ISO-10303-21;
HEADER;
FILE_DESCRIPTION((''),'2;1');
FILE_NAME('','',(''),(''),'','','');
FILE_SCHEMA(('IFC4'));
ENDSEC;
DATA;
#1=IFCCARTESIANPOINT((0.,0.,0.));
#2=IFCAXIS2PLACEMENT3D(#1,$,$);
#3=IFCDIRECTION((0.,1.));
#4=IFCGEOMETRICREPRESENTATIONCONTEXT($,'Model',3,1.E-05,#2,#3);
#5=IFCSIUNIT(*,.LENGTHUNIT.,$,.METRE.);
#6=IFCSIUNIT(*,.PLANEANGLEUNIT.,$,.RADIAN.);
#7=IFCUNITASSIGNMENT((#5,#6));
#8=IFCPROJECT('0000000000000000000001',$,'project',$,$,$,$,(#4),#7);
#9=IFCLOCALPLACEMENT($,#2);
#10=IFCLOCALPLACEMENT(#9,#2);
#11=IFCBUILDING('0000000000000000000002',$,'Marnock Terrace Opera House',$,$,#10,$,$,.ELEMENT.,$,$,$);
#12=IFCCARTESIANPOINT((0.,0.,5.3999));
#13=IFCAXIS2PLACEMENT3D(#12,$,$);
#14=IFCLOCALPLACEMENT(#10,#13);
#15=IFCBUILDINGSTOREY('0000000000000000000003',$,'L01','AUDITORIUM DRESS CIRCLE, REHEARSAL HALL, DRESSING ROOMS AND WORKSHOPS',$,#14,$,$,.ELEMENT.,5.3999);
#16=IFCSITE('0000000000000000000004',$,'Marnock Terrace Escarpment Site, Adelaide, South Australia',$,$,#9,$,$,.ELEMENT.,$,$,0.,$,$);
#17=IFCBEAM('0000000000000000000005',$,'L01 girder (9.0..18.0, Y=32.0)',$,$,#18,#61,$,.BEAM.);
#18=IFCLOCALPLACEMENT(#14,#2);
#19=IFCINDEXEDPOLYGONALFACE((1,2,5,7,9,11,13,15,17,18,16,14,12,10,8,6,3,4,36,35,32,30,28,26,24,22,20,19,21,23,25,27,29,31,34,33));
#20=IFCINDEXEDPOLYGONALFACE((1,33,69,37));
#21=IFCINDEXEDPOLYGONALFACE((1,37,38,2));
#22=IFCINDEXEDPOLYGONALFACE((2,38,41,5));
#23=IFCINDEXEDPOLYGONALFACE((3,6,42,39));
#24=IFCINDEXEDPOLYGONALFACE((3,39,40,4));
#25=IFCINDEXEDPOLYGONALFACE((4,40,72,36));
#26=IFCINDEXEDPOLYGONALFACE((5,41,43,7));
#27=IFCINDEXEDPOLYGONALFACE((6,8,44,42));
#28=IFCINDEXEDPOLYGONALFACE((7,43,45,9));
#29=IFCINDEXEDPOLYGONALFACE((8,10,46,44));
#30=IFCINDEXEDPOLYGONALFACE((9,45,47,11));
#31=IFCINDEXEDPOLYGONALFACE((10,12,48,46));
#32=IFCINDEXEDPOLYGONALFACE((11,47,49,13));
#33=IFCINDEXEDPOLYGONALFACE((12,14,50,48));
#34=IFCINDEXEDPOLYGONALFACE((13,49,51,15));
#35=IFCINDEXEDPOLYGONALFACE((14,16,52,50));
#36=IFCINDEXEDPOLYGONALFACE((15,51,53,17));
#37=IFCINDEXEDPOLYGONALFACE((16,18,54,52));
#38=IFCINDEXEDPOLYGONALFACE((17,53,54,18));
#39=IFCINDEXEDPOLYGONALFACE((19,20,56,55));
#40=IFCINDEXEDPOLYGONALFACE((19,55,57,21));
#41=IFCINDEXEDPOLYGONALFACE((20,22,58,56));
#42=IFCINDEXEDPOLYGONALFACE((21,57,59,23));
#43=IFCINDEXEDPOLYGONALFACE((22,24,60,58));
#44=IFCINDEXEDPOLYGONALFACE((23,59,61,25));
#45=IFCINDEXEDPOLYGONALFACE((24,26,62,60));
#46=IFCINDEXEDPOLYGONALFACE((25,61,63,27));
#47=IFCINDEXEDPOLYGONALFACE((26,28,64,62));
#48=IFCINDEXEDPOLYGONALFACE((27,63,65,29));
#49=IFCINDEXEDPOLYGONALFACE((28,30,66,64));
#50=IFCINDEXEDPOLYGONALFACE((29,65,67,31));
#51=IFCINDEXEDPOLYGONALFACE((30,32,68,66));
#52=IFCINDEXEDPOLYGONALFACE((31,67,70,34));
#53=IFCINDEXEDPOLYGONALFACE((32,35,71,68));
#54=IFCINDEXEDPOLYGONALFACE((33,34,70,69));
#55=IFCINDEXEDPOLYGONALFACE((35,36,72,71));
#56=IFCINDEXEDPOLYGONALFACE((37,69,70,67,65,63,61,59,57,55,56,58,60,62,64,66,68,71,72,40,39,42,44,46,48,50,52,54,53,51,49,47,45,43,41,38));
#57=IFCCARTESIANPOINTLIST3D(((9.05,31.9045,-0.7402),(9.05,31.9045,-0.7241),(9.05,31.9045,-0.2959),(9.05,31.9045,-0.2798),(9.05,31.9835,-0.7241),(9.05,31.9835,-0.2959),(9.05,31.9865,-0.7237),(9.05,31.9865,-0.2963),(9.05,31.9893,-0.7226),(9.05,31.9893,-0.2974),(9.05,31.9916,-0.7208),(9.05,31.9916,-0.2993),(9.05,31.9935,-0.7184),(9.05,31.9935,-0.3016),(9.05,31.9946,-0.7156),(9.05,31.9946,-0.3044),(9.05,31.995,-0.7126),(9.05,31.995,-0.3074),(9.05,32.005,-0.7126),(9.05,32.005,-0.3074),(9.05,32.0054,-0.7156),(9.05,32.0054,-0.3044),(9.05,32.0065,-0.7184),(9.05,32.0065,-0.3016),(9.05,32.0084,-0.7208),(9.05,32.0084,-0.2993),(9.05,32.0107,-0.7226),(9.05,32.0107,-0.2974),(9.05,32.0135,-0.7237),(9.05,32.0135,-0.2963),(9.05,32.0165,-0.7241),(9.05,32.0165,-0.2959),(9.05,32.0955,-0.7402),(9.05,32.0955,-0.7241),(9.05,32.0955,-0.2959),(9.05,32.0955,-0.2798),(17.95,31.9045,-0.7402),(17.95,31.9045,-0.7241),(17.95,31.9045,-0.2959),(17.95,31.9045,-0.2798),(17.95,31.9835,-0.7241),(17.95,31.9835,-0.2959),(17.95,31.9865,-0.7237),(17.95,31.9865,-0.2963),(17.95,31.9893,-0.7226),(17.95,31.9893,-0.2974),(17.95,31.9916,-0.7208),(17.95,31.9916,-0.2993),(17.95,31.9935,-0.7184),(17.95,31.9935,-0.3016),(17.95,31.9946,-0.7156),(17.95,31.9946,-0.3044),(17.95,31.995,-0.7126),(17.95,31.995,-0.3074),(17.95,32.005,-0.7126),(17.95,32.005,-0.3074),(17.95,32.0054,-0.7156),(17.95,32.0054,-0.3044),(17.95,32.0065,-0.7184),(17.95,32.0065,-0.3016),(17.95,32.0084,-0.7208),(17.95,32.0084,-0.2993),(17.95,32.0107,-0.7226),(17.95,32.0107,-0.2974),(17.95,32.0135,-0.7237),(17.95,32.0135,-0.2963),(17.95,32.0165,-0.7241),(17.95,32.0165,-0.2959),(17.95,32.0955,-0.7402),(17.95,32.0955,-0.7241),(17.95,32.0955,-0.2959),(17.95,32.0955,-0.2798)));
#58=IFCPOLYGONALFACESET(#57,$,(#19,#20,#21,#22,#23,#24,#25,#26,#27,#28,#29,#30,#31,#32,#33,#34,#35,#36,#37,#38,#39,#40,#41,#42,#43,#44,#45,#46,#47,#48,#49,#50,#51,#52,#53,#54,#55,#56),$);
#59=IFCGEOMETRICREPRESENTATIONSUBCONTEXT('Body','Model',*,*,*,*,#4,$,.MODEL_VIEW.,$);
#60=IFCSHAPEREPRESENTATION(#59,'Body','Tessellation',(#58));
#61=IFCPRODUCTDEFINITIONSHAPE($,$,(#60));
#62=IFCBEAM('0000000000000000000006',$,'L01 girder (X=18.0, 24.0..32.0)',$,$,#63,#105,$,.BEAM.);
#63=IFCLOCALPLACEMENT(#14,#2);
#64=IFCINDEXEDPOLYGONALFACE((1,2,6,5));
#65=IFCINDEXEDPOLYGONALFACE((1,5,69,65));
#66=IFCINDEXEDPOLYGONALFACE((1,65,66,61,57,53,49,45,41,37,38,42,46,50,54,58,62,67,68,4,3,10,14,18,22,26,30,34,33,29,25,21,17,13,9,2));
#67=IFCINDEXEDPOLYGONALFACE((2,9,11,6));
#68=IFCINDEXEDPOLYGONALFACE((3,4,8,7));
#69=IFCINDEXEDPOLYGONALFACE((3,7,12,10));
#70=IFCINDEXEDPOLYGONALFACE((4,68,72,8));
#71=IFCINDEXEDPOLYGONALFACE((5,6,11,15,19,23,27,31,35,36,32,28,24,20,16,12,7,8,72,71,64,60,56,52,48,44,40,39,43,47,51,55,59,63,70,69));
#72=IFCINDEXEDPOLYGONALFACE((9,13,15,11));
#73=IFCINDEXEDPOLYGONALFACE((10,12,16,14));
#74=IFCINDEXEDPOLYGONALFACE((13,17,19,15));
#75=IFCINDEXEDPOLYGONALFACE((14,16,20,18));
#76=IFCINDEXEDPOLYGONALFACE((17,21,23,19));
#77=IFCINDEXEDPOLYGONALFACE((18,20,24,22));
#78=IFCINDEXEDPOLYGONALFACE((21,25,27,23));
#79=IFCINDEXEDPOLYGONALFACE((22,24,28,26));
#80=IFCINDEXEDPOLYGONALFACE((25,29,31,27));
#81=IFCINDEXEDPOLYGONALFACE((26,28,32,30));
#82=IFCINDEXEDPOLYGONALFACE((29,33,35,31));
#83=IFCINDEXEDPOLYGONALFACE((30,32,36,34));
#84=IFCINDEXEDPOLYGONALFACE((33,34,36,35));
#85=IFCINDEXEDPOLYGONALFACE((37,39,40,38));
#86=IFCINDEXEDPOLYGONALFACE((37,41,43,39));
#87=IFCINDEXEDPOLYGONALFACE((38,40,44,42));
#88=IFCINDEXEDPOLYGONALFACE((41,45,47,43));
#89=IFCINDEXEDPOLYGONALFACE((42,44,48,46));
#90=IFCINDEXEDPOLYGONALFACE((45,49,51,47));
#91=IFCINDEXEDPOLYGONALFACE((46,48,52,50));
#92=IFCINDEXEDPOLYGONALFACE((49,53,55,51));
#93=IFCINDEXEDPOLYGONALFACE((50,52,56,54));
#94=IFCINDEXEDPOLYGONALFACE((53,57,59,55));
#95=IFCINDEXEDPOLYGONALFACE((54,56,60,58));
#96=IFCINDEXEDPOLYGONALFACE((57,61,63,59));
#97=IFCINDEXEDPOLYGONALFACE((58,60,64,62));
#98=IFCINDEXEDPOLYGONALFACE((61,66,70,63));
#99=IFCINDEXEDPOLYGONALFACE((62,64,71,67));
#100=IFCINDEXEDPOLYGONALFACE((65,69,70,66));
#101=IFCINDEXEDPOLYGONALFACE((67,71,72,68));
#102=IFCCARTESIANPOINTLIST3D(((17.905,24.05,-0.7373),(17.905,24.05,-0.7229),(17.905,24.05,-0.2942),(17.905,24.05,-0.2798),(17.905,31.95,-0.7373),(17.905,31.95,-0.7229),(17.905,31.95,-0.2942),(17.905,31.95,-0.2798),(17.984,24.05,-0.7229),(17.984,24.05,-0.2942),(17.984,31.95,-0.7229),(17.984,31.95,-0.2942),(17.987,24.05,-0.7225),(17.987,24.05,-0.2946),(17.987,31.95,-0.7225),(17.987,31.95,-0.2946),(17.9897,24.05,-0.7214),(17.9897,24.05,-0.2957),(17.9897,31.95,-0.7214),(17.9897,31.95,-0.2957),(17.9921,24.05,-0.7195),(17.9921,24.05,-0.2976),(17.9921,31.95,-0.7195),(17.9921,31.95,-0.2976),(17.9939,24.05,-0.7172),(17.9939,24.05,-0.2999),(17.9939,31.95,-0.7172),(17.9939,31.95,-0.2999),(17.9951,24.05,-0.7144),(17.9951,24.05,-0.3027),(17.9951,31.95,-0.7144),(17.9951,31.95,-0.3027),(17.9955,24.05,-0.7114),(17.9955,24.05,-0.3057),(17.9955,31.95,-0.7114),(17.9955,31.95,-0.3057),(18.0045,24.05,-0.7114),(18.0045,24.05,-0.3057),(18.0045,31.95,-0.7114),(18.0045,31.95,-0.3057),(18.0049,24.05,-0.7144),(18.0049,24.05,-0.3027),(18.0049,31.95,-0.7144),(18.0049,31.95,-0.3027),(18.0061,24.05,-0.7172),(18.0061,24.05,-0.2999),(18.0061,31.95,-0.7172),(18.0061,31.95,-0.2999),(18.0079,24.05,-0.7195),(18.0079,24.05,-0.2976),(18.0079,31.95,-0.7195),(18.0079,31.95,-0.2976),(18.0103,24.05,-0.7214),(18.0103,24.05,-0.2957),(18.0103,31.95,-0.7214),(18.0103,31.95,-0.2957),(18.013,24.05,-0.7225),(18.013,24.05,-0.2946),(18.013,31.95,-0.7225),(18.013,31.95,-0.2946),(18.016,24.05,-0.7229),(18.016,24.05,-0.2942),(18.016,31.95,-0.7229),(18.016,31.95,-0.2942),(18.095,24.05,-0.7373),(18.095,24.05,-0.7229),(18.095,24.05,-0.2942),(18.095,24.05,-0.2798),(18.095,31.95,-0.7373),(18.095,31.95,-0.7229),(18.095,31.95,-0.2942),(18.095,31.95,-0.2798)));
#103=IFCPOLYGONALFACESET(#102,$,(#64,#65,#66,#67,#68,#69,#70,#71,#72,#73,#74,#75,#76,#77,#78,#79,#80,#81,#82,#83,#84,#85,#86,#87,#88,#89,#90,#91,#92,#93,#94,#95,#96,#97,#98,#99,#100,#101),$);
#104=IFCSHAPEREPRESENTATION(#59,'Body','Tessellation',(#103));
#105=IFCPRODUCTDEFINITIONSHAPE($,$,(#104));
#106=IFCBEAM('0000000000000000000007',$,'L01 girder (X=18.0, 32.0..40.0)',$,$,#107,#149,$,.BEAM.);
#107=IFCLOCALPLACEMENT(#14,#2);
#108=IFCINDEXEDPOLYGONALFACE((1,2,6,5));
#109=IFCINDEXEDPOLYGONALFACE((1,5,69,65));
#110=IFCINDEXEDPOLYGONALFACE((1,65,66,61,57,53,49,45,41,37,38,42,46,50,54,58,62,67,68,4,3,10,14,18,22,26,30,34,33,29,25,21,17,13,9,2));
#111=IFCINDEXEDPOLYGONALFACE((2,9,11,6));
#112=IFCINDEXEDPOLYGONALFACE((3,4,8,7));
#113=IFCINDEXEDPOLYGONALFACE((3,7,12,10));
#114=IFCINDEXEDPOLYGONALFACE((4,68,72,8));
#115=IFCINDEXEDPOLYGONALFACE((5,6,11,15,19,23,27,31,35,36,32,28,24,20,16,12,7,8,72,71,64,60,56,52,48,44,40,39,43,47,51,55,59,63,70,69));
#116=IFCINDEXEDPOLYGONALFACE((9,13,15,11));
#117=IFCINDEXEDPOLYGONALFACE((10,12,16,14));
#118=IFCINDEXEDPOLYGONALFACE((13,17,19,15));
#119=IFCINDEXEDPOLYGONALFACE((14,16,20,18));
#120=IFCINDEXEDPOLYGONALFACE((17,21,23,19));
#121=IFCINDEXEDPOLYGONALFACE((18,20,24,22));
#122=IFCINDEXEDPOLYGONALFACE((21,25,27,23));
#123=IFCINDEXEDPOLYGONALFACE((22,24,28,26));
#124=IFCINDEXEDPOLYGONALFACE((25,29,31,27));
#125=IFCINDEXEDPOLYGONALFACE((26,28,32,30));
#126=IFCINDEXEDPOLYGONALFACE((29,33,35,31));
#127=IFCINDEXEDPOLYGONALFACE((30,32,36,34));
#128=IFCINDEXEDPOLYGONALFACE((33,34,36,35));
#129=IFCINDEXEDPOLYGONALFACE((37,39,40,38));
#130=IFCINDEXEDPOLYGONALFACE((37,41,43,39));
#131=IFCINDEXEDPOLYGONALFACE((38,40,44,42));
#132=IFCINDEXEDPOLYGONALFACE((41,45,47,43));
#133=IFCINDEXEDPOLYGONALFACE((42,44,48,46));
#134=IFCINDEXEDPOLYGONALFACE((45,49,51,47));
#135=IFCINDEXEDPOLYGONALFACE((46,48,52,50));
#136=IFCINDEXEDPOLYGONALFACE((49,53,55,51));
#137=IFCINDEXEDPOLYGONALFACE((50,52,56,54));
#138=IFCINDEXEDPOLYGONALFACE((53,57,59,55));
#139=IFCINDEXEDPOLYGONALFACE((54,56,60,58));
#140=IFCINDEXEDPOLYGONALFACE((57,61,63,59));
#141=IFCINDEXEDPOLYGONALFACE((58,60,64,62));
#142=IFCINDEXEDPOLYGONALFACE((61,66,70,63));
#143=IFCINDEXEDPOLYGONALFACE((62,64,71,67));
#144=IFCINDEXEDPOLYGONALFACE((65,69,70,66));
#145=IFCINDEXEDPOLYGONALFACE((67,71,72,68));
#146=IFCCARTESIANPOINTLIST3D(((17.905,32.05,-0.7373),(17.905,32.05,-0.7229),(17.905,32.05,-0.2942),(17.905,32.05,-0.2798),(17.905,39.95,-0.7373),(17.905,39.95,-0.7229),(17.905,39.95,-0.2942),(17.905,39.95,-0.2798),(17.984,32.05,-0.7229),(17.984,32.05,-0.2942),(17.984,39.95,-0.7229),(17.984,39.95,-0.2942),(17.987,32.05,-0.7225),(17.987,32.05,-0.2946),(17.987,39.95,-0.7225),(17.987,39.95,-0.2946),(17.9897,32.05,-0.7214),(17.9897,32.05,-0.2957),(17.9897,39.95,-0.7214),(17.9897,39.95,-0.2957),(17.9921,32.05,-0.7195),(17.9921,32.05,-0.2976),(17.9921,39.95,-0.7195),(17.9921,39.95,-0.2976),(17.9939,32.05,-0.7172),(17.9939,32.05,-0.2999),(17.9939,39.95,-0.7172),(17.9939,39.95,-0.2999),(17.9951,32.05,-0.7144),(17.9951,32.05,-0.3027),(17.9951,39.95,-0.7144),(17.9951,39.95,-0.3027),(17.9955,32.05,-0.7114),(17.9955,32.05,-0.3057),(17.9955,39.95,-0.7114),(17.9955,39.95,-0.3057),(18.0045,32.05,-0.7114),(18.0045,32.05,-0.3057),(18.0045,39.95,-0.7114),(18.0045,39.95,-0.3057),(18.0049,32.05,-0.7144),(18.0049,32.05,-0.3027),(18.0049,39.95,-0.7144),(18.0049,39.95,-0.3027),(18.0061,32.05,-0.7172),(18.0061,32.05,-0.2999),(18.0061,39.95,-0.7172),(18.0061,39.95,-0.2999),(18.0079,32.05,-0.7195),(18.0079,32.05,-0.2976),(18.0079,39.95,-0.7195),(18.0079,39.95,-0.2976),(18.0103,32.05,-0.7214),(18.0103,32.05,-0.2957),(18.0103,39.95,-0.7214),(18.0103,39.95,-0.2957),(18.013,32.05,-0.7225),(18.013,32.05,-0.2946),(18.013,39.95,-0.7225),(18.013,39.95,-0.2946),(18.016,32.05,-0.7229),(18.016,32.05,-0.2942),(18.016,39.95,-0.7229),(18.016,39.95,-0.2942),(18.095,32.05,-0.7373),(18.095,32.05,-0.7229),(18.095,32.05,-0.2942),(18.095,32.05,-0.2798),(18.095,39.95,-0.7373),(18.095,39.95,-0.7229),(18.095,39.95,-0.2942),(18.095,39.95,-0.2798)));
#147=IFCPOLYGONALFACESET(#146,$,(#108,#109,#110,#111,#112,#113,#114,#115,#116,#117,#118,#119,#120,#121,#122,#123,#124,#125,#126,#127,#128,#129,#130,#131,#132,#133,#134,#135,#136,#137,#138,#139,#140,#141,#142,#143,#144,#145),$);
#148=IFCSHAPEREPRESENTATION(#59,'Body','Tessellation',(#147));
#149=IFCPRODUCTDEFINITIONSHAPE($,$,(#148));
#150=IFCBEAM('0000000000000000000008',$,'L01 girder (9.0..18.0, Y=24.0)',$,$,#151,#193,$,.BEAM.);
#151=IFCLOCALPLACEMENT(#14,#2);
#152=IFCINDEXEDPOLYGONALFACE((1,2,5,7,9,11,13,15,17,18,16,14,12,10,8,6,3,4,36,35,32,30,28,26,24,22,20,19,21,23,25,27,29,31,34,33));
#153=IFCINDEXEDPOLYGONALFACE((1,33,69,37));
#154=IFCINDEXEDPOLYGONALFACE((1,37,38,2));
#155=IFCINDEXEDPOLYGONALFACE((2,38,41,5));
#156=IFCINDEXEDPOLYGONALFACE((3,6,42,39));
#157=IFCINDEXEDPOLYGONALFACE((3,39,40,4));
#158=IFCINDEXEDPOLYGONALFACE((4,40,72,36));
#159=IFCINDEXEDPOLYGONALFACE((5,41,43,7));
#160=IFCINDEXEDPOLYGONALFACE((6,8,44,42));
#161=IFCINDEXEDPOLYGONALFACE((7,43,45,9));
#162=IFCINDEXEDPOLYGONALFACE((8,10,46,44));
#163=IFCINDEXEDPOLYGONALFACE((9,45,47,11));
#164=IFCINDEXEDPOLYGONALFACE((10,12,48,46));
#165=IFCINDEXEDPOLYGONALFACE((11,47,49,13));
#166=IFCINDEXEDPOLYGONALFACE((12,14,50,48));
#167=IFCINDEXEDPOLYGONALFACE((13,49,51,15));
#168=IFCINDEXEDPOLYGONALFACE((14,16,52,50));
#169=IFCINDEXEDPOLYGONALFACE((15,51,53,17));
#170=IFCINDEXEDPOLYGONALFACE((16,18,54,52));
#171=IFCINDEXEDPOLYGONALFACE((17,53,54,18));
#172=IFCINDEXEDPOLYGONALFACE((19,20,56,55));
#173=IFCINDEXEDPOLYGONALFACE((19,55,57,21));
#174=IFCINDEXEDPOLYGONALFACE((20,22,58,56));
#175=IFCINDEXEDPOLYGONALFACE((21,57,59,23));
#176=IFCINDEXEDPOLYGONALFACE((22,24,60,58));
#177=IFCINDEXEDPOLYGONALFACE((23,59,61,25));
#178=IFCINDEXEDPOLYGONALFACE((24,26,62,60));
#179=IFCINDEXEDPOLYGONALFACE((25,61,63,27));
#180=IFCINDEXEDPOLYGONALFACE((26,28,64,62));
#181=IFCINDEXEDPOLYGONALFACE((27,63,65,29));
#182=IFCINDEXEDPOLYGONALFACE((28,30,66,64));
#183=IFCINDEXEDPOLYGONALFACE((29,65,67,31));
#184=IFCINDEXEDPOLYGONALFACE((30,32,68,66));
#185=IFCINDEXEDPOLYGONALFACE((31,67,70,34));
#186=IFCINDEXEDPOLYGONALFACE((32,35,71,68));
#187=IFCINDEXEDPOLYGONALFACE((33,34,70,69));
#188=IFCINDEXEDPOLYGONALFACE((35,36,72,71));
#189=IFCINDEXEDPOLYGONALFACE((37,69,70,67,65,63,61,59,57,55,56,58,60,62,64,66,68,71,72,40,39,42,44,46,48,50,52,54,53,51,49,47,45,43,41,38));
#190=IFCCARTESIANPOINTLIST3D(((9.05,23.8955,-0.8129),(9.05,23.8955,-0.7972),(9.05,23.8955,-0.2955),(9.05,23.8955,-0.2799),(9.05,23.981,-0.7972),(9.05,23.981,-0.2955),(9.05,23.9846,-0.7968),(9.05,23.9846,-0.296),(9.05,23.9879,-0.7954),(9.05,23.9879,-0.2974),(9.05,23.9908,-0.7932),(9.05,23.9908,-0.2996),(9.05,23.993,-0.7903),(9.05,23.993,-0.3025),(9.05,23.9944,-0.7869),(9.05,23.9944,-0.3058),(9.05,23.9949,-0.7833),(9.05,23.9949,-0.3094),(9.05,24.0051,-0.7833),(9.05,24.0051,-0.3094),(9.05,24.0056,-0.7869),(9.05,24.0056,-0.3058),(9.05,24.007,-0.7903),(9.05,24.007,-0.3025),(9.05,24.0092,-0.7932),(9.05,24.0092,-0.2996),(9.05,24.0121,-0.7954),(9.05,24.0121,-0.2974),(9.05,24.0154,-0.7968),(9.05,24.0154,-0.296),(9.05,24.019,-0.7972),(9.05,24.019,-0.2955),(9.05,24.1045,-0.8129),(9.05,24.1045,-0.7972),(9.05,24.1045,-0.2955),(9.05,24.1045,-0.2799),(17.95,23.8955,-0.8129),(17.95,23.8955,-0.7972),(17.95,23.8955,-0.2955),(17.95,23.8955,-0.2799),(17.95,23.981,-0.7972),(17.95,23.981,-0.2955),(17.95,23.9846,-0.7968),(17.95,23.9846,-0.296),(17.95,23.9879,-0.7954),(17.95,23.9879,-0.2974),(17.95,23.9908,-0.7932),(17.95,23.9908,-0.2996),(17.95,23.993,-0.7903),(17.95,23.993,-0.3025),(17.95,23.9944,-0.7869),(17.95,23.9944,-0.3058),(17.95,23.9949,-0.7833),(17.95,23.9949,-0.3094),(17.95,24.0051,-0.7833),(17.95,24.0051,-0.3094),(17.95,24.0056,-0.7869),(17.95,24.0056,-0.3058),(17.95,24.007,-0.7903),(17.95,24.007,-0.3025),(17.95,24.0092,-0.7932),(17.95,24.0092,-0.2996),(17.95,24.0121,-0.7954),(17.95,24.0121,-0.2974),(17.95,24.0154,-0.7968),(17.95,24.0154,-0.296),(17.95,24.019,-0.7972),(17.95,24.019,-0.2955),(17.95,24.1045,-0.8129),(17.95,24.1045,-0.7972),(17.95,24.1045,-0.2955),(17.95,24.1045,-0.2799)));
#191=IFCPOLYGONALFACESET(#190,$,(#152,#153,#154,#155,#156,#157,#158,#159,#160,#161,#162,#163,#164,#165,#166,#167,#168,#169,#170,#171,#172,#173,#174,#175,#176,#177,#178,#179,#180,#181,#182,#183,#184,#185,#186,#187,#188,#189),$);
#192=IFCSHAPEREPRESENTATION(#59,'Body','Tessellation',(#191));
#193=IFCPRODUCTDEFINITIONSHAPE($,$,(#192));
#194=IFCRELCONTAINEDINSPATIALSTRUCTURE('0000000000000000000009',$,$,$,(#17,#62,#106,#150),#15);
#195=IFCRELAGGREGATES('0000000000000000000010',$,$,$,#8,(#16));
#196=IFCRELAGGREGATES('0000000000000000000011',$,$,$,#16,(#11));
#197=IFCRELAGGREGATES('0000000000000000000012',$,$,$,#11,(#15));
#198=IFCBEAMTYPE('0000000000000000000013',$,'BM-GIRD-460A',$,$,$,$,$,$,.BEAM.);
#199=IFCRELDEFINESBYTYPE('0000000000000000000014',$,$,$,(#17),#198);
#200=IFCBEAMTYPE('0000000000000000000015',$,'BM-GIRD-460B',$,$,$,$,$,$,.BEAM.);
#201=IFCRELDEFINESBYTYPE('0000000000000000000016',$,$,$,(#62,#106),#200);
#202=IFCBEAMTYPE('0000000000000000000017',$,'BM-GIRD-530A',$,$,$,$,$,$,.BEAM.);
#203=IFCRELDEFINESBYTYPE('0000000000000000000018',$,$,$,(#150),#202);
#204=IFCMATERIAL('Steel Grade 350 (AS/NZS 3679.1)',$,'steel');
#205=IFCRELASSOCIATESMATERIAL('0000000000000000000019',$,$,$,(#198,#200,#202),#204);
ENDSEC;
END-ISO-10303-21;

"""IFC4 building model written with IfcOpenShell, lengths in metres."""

from ifc_helpers import new_model, si_unit, direction, frame, origin, origin_2d, place, context, subcontext, project, spatial, i_section, extrude, material, material_profile, profile_set, type_object, element, save


model = new_model("IFC4")

# Units and contexts
model_context = context("Model", 3, precision=1e-05, world=origin(), true_north=direction((0.0, 1.0)))
body_context = subcontext(model_context, "Body", "Model", "MODEL_VIEW")
ifc_project = project(units=[si_unit("LENGTHUNIT", "METRE"), si_unit("PLANEANGLEUNIT", "RADIAN")], contexts=[model_context])

# Site, building, storey
site_placement = place(None, origin())
site = spatial("IfcSite", under=ifc_project, at=site_placement, Name="Marnock Terrace Escarpment Site, Adelaide, South Australia", CompositionType="ELEMENT", RefElevation=0.0)
building_placement = place(site_placement, origin())
building = spatial("IfcBuilding", under=site, at=building_placement, Name="Marnock Terrace Opera House", CompositionType="ELEMENT")
storey_placement = place(building_placement, frame((0.0, 0.0, 5.3999)))
storey = spatial("IfcBuildingStorey", under=building, at=storey_placement, Name="L01", Description="AUDITORIUM DRESS CIRCLE, REHEARSAL HALL, DRESSING ROOMS AND WORKSHOPS", CompositionType="ELEMENT", Elevation=5.3999)

# Shared definitions
ifc_material_1 = material(Name="Steel Grade 350 (AS/NZS 3679.1)", Category="steel")

# Beams
ifc_material_profile_1 = material_profile(ifc_material_1, i_section(OverallWidth=0.1909, OverallDepth=0.4604, WebThickness=0.01, FlangeThickness=0.0161, FilletRadius=0.0115, at=origin_2d()))
ifc_profile_set_1 = profile_set([ifc_material_profile_1], Name="Steel Grade 350 (AS/NZS 3679.1)")
beam_type_1 = type_object("IfcBeamType", Name="BM-GIRD-460A", PredefinedType="BEAM", material=ifc_profile_set_1)
beam_1_placement = place(storey_placement, frame((9.05, 32.0, -0.51), z_axis=(1.0, 0.0, 0.0), x_axis=(0.0, 1.0, 0.0)))
element("IfcBeam", 1, at=beam_1_placement, inside=storey, type_object=beam_type_1, Name="L01 girder (9.0..18.0, Y=32.0)", PredefinedType="BEAM", context=body_context, shape_type="SweptSolid", body=[
    extrude(i_section(OverallWidth=0.1909, OverallDepth=0.4604, WebThickness=0.01, FlangeThickness=0.0161, FilletRadius=0.0115, at=origin_2d()), origin(), (0.0, 0.0, 1.0), 8.8999),
])
ifc_material_profile_2 = material_profile(ifc_material_1, i_section(OverallWidth=0.1899, OverallDepth=0.4575, WebThickness=0.009, FlangeThickness=0.0144, FilletRadius=0.0115, at=origin_2d()))
ifc_profile_set_2 = profile_set([ifc_material_profile_2], Name="Steel Grade 350 (AS/NZS 3679.1)")
beam_type_2 = type_object("IfcBeamType", Name="BM-GIRD-460B", PredefinedType="BEAM", material=ifc_profile_set_2)
for number, where, z_axis, x_axis, name in (
    (2, (18.0, 24.05, -0.5085), (0.0, 1.0, 0.0), (-1.0, 0.0, 0.0), "L01 girder (X=18.0, 24.0..32.0)"),
    (3, (18.0, 32.05, -0.5085), (0.0, 1.0, 0.0), (-1.0, 0.0, 0.0), "L01 girder (X=18.0, 32.0..40.0)"),
):
    element("IfcBeam", number, at=place(storey_placement, frame(where, z_axis=z_axis, x_axis=x_axis)), inside=storey, type_object=beam_type_2, Name=name, PredefinedType="BEAM", context=body_context, shape_type="SweptSolid", body=[
        extrude(i_section(OverallWidth=0.1899, OverallDepth=0.4575, WebThickness=0.009, FlangeThickness=0.0144, FilletRadius=0.0115, at=origin_2d()), origin(), (0.0, 0.0, 1.0), 7.8999),
    ])
ifc_material_profile_3 = material_profile(ifc_material_1, i_section(OverallWidth=0.209, OverallDepth=0.533, WebThickness=0.0103, FlangeThickness=0.0156, FilletRadius=0.0139, at=origin_2d()))
ifc_profile_set_3 = profile_set([ifc_material_profile_3], Name="Steel Grade 350 (AS/NZS 3679.1)")
beam_type_3 = type_object("IfcBeamType", Name="BM-GIRD-530A", PredefinedType="BEAM", material=ifc_profile_set_3)
beam_2_placement = place(storey_placement, frame((9.05, 24.0, -0.5464), z_axis=(1.0, 0.0, 0.0), x_axis=(0.0, 1.0, 0.0)))
element("IfcBeam", 4, at=beam_2_placement, inside=storey, type_object=beam_type_3, Name="L01 girder (9.0..18.0, Y=24.0)", PredefinedType="BEAM", context=body_context, shape_type="SweptSolid", body=[
    extrude(i_section(OverallWidth=0.209, OverallDepth=0.533, WebThickness=0.0103, FlangeThickness=0.0156, FilletRadius=0.0139, at=origin_2d()), origin(), (0.0, 0.0, 1.0), 8.8999),
])

save(model, "model.ifc")
